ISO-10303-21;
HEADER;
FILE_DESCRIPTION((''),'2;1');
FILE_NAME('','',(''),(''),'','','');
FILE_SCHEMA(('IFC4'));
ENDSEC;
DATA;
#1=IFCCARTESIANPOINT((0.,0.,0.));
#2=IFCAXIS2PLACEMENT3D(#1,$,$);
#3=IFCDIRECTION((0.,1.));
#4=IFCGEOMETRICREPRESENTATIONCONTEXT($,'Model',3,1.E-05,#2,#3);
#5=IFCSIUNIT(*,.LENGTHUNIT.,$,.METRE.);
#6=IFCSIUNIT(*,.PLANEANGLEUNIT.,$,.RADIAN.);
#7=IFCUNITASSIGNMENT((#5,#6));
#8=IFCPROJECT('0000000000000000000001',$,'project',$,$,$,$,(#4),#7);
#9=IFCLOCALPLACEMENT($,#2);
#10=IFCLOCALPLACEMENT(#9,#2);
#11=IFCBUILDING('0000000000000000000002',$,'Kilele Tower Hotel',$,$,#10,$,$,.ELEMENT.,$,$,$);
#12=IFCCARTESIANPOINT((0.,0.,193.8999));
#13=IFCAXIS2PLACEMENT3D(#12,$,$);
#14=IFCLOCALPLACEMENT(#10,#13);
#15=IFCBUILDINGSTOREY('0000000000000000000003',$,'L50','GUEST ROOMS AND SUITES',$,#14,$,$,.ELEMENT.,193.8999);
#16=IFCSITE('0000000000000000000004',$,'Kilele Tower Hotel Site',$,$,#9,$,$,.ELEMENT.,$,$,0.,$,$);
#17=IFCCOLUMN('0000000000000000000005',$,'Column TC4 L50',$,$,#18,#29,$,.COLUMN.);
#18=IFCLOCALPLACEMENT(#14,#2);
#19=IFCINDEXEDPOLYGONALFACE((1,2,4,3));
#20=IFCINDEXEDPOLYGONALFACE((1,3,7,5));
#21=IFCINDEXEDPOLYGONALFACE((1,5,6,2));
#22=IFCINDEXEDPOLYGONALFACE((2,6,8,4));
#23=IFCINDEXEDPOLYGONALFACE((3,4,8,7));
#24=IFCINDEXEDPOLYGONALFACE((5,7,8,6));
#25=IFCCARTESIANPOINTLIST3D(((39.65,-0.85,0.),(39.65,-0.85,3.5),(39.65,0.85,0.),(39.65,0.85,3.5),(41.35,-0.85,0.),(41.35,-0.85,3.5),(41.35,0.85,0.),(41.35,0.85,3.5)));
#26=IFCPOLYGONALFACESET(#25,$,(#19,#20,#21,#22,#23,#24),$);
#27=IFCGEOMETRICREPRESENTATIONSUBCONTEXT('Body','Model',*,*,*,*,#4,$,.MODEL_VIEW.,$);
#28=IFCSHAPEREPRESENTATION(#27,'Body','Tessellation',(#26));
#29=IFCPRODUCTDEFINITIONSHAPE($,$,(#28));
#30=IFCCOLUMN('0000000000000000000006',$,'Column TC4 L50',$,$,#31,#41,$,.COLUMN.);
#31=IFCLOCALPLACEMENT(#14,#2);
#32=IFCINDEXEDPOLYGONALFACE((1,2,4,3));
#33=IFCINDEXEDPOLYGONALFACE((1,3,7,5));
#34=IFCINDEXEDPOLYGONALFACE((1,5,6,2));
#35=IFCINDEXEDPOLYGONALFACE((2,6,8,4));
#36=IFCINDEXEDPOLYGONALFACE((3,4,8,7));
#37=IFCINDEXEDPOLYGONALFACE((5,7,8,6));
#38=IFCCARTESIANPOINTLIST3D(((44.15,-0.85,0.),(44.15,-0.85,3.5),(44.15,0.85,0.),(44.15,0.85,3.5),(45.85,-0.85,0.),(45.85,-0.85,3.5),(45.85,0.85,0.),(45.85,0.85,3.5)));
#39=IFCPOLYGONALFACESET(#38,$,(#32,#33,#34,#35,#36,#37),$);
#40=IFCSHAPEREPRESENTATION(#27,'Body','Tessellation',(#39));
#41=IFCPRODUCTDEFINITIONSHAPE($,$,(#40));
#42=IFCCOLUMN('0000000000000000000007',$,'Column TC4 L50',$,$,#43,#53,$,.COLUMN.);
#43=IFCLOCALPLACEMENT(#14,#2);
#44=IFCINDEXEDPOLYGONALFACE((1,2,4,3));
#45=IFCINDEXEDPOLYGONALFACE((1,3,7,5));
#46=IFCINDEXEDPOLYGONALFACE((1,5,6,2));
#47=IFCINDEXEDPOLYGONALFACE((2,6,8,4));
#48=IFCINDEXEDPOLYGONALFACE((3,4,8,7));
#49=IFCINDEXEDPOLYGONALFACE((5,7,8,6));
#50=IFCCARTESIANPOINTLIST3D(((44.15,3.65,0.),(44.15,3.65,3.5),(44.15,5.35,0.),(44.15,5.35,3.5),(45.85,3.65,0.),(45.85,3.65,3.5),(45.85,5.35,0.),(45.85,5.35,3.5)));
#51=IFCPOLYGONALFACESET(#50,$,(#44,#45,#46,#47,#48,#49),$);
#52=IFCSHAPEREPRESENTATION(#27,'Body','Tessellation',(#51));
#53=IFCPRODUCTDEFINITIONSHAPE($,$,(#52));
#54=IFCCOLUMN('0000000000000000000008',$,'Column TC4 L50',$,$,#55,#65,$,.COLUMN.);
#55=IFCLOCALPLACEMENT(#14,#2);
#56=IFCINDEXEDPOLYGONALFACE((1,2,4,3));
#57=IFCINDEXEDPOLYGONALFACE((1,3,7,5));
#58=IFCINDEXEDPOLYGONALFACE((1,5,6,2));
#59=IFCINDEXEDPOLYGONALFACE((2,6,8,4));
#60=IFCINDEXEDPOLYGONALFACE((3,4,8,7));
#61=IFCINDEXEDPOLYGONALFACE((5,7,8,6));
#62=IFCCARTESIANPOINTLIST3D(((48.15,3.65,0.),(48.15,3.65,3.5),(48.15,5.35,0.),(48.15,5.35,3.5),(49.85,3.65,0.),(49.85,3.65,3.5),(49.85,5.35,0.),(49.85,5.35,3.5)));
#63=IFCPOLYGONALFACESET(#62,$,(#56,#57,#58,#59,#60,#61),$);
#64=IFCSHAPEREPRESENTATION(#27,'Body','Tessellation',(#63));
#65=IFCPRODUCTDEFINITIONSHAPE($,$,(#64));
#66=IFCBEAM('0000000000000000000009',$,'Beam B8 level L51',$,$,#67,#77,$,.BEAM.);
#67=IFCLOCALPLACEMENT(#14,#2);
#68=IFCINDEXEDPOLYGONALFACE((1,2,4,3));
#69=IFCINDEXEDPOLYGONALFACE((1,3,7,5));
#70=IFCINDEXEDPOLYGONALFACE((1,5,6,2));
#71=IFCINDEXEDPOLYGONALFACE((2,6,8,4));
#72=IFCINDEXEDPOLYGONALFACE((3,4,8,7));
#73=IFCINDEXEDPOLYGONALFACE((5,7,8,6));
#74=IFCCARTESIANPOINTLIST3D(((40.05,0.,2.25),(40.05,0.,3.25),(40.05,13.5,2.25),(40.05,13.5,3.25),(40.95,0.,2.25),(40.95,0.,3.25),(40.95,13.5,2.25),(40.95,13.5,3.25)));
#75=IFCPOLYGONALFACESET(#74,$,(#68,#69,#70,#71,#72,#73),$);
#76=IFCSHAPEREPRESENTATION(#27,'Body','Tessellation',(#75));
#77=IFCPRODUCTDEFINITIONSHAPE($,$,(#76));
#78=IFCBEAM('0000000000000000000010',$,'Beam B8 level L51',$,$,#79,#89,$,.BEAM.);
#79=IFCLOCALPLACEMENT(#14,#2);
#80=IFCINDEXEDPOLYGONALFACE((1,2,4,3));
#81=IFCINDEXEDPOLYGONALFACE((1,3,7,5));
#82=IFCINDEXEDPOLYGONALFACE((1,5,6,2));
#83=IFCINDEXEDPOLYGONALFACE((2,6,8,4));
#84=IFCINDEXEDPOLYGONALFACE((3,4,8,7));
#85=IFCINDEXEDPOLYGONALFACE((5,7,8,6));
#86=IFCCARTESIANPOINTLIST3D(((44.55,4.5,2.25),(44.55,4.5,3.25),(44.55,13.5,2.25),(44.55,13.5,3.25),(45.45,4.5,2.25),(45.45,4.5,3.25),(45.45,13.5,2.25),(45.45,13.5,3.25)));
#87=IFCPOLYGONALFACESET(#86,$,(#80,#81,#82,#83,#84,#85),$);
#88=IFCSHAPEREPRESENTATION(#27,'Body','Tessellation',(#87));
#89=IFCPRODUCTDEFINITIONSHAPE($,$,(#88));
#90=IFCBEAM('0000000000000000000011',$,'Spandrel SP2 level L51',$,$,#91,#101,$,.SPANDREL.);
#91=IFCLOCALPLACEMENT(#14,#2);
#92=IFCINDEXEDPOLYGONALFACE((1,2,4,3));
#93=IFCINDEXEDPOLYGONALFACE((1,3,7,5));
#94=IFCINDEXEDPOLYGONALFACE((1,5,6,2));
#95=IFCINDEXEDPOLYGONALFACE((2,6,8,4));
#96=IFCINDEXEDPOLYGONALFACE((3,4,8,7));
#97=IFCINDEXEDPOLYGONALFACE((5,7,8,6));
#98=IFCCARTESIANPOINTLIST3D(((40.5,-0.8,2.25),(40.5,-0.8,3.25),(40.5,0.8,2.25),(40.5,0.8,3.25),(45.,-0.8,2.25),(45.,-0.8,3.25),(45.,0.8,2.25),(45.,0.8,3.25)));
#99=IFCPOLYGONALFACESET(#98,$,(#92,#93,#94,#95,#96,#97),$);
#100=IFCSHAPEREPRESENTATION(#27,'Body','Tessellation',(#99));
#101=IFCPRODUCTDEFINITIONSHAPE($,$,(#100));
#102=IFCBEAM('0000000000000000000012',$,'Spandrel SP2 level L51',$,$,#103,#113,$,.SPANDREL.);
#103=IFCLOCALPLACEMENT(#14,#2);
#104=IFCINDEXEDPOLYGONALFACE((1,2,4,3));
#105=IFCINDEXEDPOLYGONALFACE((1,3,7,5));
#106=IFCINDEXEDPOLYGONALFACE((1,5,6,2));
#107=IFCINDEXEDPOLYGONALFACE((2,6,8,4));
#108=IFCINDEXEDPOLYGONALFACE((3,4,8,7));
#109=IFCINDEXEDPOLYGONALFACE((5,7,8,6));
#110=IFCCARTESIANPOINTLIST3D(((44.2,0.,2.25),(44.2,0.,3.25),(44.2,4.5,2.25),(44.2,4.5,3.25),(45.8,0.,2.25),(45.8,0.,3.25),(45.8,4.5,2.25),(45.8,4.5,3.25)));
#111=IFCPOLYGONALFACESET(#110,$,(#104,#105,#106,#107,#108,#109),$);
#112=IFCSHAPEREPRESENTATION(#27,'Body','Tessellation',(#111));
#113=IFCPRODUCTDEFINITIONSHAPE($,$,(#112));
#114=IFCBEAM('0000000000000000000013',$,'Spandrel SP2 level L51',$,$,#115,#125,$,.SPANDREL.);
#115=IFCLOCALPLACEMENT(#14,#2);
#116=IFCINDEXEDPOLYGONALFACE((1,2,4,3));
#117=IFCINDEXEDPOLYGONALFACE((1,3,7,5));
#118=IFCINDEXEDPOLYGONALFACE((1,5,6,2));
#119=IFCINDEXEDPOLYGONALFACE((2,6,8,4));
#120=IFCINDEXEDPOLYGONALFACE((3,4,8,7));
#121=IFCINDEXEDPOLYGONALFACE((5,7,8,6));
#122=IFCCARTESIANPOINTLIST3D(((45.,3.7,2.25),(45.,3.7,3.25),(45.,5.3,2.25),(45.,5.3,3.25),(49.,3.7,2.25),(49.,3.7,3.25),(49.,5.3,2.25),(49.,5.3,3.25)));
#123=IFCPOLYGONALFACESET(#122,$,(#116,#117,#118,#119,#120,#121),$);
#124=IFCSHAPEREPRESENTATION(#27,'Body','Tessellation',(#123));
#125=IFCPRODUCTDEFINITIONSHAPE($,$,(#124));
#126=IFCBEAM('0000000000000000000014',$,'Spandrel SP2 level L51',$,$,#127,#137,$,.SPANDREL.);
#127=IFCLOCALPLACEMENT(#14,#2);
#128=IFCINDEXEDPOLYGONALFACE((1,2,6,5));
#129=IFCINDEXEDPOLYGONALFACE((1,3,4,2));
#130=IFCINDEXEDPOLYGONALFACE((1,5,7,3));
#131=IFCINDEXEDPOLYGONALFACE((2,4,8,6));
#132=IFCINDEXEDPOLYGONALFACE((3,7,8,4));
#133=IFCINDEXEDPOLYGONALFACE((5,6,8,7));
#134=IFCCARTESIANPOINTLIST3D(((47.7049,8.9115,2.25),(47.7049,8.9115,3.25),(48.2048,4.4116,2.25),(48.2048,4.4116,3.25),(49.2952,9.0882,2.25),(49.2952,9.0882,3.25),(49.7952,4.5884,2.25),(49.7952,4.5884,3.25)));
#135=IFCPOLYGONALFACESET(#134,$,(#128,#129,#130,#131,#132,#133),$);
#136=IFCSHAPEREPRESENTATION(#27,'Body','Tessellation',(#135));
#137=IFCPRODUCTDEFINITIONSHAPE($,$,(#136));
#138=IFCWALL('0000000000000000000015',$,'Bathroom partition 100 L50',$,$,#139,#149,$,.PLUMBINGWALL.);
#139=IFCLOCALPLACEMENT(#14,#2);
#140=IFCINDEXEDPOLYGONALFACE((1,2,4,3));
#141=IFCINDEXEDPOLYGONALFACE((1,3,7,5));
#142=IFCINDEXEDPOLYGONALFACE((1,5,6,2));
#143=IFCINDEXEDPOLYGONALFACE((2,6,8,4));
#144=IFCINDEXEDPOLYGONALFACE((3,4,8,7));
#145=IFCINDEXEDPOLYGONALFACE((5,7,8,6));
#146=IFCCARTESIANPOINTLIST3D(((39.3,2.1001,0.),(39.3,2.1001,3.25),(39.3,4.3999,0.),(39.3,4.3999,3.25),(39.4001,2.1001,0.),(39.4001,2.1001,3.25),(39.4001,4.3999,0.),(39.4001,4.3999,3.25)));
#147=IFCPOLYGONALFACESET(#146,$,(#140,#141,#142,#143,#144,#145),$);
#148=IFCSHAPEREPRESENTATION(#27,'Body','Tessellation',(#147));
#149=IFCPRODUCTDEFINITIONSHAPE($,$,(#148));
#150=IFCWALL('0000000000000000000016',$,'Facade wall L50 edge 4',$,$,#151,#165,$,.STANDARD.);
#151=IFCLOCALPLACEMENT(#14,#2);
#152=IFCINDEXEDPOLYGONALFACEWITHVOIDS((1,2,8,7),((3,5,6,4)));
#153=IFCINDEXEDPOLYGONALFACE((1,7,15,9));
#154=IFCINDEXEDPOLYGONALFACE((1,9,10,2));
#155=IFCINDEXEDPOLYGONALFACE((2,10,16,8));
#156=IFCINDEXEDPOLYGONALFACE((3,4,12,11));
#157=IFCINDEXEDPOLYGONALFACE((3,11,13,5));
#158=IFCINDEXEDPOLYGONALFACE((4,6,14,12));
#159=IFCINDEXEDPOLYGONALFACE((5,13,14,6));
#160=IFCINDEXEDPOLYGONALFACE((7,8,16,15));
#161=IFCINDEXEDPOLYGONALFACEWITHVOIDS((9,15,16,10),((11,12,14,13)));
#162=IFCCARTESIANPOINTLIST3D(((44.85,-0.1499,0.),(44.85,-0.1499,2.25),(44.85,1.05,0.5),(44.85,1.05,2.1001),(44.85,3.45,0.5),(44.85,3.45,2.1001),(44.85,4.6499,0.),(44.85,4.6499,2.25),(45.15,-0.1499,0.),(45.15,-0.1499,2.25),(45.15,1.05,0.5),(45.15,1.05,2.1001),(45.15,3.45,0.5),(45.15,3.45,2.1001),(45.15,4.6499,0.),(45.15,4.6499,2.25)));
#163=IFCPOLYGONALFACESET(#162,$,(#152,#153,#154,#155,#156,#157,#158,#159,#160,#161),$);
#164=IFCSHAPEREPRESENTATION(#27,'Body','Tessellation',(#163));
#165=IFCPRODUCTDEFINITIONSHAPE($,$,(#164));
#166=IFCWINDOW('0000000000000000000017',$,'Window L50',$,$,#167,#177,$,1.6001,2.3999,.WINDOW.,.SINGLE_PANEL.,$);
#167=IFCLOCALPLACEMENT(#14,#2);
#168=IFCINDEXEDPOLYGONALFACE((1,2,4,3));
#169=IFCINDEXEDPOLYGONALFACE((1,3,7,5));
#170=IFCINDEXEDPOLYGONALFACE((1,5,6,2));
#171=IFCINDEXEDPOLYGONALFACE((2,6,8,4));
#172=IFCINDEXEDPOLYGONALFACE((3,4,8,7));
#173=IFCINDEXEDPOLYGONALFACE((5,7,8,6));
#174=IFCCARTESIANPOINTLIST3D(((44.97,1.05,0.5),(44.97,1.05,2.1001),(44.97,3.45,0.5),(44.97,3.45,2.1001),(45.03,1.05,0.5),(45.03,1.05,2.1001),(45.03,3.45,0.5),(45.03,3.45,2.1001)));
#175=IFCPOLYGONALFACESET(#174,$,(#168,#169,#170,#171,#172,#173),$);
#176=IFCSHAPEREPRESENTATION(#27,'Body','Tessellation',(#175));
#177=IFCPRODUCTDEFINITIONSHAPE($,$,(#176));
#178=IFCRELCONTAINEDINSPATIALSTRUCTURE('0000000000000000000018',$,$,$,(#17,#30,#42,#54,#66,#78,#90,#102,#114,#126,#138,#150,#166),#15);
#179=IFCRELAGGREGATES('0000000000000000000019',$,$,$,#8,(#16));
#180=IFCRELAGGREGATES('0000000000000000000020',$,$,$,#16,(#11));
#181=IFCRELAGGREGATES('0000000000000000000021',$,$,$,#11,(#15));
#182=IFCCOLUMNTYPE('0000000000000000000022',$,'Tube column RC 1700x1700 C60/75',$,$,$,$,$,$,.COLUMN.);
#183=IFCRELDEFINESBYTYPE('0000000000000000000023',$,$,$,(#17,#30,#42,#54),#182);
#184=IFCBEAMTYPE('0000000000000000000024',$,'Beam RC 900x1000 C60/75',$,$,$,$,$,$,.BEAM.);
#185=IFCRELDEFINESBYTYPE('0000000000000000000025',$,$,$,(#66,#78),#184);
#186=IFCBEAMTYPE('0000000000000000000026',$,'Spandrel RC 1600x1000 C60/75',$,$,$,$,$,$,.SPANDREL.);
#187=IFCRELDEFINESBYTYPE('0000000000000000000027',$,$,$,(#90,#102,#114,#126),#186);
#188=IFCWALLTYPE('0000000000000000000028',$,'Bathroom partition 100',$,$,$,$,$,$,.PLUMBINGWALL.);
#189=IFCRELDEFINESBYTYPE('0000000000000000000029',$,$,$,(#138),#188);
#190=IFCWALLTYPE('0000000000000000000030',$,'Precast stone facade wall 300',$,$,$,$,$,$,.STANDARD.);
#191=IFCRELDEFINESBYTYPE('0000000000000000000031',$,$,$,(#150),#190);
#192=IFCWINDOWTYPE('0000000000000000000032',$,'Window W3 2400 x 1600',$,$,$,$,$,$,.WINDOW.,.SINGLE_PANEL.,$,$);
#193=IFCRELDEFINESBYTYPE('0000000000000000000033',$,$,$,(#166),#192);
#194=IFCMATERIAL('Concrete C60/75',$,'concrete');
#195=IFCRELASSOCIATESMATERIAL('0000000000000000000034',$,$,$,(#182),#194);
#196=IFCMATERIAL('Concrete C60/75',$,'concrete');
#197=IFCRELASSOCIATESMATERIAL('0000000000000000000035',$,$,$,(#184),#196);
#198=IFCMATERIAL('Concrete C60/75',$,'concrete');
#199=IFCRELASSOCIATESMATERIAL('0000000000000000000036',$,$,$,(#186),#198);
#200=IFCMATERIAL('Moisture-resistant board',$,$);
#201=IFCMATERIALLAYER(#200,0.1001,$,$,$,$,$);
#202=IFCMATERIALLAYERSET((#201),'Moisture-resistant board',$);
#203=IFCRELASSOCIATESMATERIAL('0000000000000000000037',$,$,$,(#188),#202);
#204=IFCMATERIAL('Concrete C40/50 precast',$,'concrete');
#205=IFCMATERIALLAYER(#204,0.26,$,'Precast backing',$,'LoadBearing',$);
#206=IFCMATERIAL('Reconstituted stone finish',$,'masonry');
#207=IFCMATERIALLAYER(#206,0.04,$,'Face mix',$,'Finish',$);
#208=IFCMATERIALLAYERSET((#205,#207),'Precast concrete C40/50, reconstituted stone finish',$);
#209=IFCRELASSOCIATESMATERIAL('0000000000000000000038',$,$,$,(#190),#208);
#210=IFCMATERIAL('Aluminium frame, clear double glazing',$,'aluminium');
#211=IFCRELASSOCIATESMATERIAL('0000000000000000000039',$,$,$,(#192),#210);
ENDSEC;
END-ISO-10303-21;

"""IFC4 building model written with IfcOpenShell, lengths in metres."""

from ifc_helpers import new_model, si_unit, direction, frame, frame_2d, origin, origin_2d, place, context, subcontext, project, spatial, rectangle, extrude, material, layer, layer_set, material_profile, profile_set, type_object, element, fill, save


model = new_model("IFC4")

# Units and contexts
model_context = context("Model", 3, precision=1e-05, world=origin(), true_north=direction((0.0, 1.0)))
body_context = subcontext(model_context, "Body", "Model", "MODEL_VIEW")
ifc_project = project(units=[si_unit("LENGTHUNIT", "METRE"), si_unit("PLANEANGLEUNIT", "RADIAN")], contexts=[model_context])

# Site, building, storey
site_placement = place(None, origin())
site = spatial("IfcSite", under=ifc_project, at=site_placement, Name="Kilele Tower Hotel Site", CompositionType="ELEMENT", RefElevation=0.0)
building_placement = place(site_placement, origin())
building = spatial("IfcBuilding", under=site, at=building_placement, Name="Kilele Tower Hotel", CompositionType="ELEMENT")
storey_placement = place(building_placement, frame((0.0, 0.0, 193.8999)))
storey = spatial("IfcBuildingStorey", under=building, at=storey_placement, Name="L50", Description="GUEST ROOMS AND SUITES", CompositionType="ELEMENT", Elevation=193.8999)

# Columns
ifc_material_1 = material(Name="Concrete C60/75", Category="concrete")
ifc_material_profile_1 = material_profile(ifc_material_1, rectangle(XDim=1.7, YDim=1.7, at=origin_2d()))
ifc_profile_set_1 = profile_set([ifc_material_profile_1], Name="Concrete C60/75")
column_type = type_object("IfcColumnType", Name="Tube column RC 1700x1700 C60/75", PredefinedType="COLUMN", material=ifc_profile_set_1)
for number, where, z_axis, x_axis, name in (
    (1, (40.5, 0.0, 0.0), (0.0, 0.0, 1.0), (1.0, 0.0, 0.0), "Column TC4 L50"),
    (2, (45.0, 0.0, 0.0), (0.0, 0.0, 1.0), (1.0, 0.0, 0.0), "Column TC4 L50"),
    (3, (45.0, 4.5, 0.0), (0.0, 0.0, 1.0), (1.0, 0.0, 0.0), "Column TC4 L50"),
    (4, (49.0, 4.5, 0.0), (0.0, 0.0, 1.0), (1.0, 0.0, 0.0), "Column TC4 L50"),
):
    element("IfcColumn", number, at=place(storey_placement, frame(where, z_axis=z_axis, x_axis=x_axis)), inside=storey, type_object=column_type, Name=name, PredefinedType="COLUMN", context=body_context, shape_type="SweptSolid", body=[
        extrude(rectangle(XDim=1.7, YDim=1.7, at=origin_2d()), origin(), (0.0, 0.0, 1.0), 3.5),
    ])

# Beams
ifc_material_2 = material(Name="Concrete C60/75", Category="concrete")
ifc_material_profile_2 = material_profile(ifc_material_2, rectangle(XDim=0.8999, YDim=1.0, at=origin_2d()))
ifc_profile_set_2 = profile_set([ifc_material_profile_2], Name="Concrete C60/75")
beam_type_1 = type_object("IfcBeamType", Name="Beam RC 900x1000 C60/75", PredefinedType="BEAM", material=ifc_profile_set_2)
beam_1_placement = place(storey_placement, frame((40.5, 0.0, 2.75), z_axis=(0.0, 1.0, 0.0), x_axis=(-1.0, 0.0, 0.0)))
element("IfcBeam", 5, at=beam_1_placement, inside=storey, type_object=beam_type_1, Name="Beam B8 level L51", PredefinedType="BEAM", context=body_context, shape_type="SweptSolid", body=[
    extrude(rectangle(XDim=0.8999, YDim=1.0, at=origin_2d()), origin(), (0.0, 0.0, 1.0), 13.5),
])
beam_2_placement = place(storey_placement, frame((45.0, 4.5, 2.75), z_axis=(0.0, 1.0, 0.0), x_axis=(-1.0, 0.0, 0.0)))
element("IfcBeam", 6, at=beam_2_placement, inside=storey, type_object=beam_type_1, Name="Beam B8 level L51", PredefinedType="BEAM", context=body_context, shape_type="SweptSolid", body=[
    extrude(rectangle(XDim=0.8999, YDim=1.0, at=origin_2d()), origin(), (0.0, 0.0, 1.0), 9.0),
])
ifc_material_3 = material(Name="Concrete C60/75", Category="concrete")
ifc_material_profile_3 = material_profile(ifc_material_3, rectangle(XDim=1.6001, YDim=1.0, at=origin_2d()))
ifc_profile_set_3 = profile_set([ifc_material_profile_3], Name="Concrete C60/75")
beam_type_2 = type_object("IfcBeamType", Name="Spandrel RC 1600x1000 C60/75", PredefinedType="SPANDREL", material=ifc_profile_set_3)
for number, where, z_axis, x_axis, name in (
    (7, (40.5, 0.0, 2.75), (1.0, 0.0, 0.0), (0.0, 1.0, 0.0), "Spandrel SP2 level L51"),
    (8, (45.0, 0.0, 2.75), (0.0, 1.0, 0.0), (-1.0, 0.0, 0.0), "Spandrel SP2 level L51"),
):
    element("IfcBeam", number, at=place(storey_placement, frame(where, z_axis=z_axis, x_axis=x_axis)), inside=storey, type_object=beam_type_2, Name=name, PredefinedType="SPANDREL", context=body_context, shape_type="SweptSolid", body=[
        extrude(rectangle(XDim=1.6001, YDim=1.0, at=origin_2d()), origin(), (0.0, 0.0, 1.0), 4.5),
    ])
beam_3_placement = place(storey_placement, frame((45.0, 4.5, 2.75), z_axis=(1.0, 0.0, 0.0), x_axis=(0.0, 1.0, 0.0)))
element("IfcBeam", 9, at=beam_3_placement, inside=storey, type_object=beam_type_2, Name="Spandrel SP2 level L51", PredefinedType="SPANDREL", context=body_context, shape_type="SweptSolid", body=[
    extrude(rectangle(XDim=1.6001, YDim=1.0, at=origin_2d()), origin(), (0.0, 0.0, 1.0), 4.0),
])
beam_4_placement = place(storey_placement, frame((49.0, 4.5, 2.75), z_axis=(-0.110432, 0.993884, 0.0), x_axis=(-0.993884, -0.110432, 0.0)))
element("IfcBeam", 10, at=beam_4_placement, inside=storey, type_object=beam_type_2, Name="Spandrel SP2 level L51", PredefinedType="SPANDREL", context=body_context, shape_type="SweptSolid", body=[
    extrude(rectangle(XDim=1.6001, YDim=1.0, at=origin_2d()), origin(), (0.0, 0.0, 1.0), 4.5276),
])

# Wall
ifc_material_4 = material(Name="Moisture-resistant board")
ifc_layer_1 = layer(ifc_material_4, 0.1001)
ifc_layer_set_1 = layer_set([ifc_layer_1], Name="Moisture-resistant board")
wall_type_1 = type_object("IfcWallType", Name="Bathroom partition 100", PredefinedType="PLUMBINGWALL", material=ifc_layer_set_1)
wall_1_placement = place(storey_placement, frame((39.3501, 4.3999, 0.0), z_axis=(0.0, 0.0, 1.0), x_axis=(0.0, -1.0, 0.0)))
element("IfcWall", 11, at=wall_1_placement, inside=storey, type_object=wall_type_1, Name="Bathroom partition 100 L50", PredefinedType="PLUMBINGWALL", context=body_context, shape_type="SweptSolid", body=[
    extrude(rectangle(XDim=2.2998, YDim=0.1001, at=frame_2d((1.1499, 0.0))), origin(), (0.0, 0.0, 1.0), 3.25),
])

# Wall, opening, window
ifc_material_5 = material(Name="Concrete C40/50 precast", Category="concrete")
ifc_layer_2 = layer(ifc_material_5, 0.26, Name="Precast backing", Category="LoadBearing")
ifc_material_6 = material(Name="Reconstituted stone finish", Category="masonry")
ifc_layer_3 = layer(ifc_material_6, 0.04, Name="Face mix", Category="Finish")
ifc_layer_set_2 = layer_set([ifc_layer_2, ifc_layer_3], Name="Precast concrete C40/50, reconstituted stone finish")
wall_type_2 = type_object("IfcWallType", Name="Precast stone facade wall 300", PredefinedType="STANDARD", material=ifc_layer_set_2)
wall_2_placement = place(storey_placement, frame((45.0, -0.1499, 0.0), z_axis=(0.0, 0.0, 1.0), x_axis=(0.0, 1.0, 0.0)))
wall_2 = element("IfcWall", 12, at=wall_2_placement, inside=storey, type_object=wall_type_2, Name="Facade wall L50 edge 4", PredefinedType="STANDARD", context=body_context, shape_type="SweptSolid", body=[
    extrude(rectangle(XDim=4.7998, YDim=0.3, at=frame_2d((2.3999, 0.0))), origin(), (0.0, 0.0, 1.0), 2.25),
])
opening_1_placement = place(wall_2_placement, frame((1.2, 0.0, 0.5)))
opening_1 = element("IfcOpeningElement", 13, at=opening_1_placement, cuts=wall_2, PredefinedType="OPENING", context=body_context, shape_type="SweptSolid", body=[
    extrude(rectangle(XDim=2.3999, YDim=1.6001, at=frame_2d((1.2, 0.8))), frame((0.0, 0.1599, 0.0), z_axis=(0.0, -1.0, 0.0), x_axis=(1.0, 0.0, 0.0)), (0.0, 0.0, 1.0), 0.3201),
])
ifc_material_7 = material(Name="Aluminium frame, clear double glazing", Category="aluminium")
window_type_1 = type_object("IfcWindowType", Name="Window W3 2400 x 1600", PartitioningType="SINGLE_PANEL", PredefinedType="WINDOW", material=ifc_material_7)
window_1_placement = place(opening_1_placement, origin())
window_1 = element("IfcWindow", 14, at=window_1_placement, inside=storey, type_object=window_type_1, Name="Window L50", OverallHeight=1.6001, OverallWidth=2.3999, PartitioningType="SINGLE_PANEL", PredefinedType="WINDOW", context=body_context, shape_type="SweptSolid", body=[
    extrude(rectangle(XDim=2.3999, YDim=1.6001, at=frame_2d((1.2, 0.8))), frame((0.0, 0.03, 0.0), z_axis=(0.0, -1.0, 0.0), x_axis=(1.0, 0.0, 0.0)), (0.0, 0.0, 1.0), 0.0601),
])
fill(opening_1, window_1)

save(model, "model.ifc")
